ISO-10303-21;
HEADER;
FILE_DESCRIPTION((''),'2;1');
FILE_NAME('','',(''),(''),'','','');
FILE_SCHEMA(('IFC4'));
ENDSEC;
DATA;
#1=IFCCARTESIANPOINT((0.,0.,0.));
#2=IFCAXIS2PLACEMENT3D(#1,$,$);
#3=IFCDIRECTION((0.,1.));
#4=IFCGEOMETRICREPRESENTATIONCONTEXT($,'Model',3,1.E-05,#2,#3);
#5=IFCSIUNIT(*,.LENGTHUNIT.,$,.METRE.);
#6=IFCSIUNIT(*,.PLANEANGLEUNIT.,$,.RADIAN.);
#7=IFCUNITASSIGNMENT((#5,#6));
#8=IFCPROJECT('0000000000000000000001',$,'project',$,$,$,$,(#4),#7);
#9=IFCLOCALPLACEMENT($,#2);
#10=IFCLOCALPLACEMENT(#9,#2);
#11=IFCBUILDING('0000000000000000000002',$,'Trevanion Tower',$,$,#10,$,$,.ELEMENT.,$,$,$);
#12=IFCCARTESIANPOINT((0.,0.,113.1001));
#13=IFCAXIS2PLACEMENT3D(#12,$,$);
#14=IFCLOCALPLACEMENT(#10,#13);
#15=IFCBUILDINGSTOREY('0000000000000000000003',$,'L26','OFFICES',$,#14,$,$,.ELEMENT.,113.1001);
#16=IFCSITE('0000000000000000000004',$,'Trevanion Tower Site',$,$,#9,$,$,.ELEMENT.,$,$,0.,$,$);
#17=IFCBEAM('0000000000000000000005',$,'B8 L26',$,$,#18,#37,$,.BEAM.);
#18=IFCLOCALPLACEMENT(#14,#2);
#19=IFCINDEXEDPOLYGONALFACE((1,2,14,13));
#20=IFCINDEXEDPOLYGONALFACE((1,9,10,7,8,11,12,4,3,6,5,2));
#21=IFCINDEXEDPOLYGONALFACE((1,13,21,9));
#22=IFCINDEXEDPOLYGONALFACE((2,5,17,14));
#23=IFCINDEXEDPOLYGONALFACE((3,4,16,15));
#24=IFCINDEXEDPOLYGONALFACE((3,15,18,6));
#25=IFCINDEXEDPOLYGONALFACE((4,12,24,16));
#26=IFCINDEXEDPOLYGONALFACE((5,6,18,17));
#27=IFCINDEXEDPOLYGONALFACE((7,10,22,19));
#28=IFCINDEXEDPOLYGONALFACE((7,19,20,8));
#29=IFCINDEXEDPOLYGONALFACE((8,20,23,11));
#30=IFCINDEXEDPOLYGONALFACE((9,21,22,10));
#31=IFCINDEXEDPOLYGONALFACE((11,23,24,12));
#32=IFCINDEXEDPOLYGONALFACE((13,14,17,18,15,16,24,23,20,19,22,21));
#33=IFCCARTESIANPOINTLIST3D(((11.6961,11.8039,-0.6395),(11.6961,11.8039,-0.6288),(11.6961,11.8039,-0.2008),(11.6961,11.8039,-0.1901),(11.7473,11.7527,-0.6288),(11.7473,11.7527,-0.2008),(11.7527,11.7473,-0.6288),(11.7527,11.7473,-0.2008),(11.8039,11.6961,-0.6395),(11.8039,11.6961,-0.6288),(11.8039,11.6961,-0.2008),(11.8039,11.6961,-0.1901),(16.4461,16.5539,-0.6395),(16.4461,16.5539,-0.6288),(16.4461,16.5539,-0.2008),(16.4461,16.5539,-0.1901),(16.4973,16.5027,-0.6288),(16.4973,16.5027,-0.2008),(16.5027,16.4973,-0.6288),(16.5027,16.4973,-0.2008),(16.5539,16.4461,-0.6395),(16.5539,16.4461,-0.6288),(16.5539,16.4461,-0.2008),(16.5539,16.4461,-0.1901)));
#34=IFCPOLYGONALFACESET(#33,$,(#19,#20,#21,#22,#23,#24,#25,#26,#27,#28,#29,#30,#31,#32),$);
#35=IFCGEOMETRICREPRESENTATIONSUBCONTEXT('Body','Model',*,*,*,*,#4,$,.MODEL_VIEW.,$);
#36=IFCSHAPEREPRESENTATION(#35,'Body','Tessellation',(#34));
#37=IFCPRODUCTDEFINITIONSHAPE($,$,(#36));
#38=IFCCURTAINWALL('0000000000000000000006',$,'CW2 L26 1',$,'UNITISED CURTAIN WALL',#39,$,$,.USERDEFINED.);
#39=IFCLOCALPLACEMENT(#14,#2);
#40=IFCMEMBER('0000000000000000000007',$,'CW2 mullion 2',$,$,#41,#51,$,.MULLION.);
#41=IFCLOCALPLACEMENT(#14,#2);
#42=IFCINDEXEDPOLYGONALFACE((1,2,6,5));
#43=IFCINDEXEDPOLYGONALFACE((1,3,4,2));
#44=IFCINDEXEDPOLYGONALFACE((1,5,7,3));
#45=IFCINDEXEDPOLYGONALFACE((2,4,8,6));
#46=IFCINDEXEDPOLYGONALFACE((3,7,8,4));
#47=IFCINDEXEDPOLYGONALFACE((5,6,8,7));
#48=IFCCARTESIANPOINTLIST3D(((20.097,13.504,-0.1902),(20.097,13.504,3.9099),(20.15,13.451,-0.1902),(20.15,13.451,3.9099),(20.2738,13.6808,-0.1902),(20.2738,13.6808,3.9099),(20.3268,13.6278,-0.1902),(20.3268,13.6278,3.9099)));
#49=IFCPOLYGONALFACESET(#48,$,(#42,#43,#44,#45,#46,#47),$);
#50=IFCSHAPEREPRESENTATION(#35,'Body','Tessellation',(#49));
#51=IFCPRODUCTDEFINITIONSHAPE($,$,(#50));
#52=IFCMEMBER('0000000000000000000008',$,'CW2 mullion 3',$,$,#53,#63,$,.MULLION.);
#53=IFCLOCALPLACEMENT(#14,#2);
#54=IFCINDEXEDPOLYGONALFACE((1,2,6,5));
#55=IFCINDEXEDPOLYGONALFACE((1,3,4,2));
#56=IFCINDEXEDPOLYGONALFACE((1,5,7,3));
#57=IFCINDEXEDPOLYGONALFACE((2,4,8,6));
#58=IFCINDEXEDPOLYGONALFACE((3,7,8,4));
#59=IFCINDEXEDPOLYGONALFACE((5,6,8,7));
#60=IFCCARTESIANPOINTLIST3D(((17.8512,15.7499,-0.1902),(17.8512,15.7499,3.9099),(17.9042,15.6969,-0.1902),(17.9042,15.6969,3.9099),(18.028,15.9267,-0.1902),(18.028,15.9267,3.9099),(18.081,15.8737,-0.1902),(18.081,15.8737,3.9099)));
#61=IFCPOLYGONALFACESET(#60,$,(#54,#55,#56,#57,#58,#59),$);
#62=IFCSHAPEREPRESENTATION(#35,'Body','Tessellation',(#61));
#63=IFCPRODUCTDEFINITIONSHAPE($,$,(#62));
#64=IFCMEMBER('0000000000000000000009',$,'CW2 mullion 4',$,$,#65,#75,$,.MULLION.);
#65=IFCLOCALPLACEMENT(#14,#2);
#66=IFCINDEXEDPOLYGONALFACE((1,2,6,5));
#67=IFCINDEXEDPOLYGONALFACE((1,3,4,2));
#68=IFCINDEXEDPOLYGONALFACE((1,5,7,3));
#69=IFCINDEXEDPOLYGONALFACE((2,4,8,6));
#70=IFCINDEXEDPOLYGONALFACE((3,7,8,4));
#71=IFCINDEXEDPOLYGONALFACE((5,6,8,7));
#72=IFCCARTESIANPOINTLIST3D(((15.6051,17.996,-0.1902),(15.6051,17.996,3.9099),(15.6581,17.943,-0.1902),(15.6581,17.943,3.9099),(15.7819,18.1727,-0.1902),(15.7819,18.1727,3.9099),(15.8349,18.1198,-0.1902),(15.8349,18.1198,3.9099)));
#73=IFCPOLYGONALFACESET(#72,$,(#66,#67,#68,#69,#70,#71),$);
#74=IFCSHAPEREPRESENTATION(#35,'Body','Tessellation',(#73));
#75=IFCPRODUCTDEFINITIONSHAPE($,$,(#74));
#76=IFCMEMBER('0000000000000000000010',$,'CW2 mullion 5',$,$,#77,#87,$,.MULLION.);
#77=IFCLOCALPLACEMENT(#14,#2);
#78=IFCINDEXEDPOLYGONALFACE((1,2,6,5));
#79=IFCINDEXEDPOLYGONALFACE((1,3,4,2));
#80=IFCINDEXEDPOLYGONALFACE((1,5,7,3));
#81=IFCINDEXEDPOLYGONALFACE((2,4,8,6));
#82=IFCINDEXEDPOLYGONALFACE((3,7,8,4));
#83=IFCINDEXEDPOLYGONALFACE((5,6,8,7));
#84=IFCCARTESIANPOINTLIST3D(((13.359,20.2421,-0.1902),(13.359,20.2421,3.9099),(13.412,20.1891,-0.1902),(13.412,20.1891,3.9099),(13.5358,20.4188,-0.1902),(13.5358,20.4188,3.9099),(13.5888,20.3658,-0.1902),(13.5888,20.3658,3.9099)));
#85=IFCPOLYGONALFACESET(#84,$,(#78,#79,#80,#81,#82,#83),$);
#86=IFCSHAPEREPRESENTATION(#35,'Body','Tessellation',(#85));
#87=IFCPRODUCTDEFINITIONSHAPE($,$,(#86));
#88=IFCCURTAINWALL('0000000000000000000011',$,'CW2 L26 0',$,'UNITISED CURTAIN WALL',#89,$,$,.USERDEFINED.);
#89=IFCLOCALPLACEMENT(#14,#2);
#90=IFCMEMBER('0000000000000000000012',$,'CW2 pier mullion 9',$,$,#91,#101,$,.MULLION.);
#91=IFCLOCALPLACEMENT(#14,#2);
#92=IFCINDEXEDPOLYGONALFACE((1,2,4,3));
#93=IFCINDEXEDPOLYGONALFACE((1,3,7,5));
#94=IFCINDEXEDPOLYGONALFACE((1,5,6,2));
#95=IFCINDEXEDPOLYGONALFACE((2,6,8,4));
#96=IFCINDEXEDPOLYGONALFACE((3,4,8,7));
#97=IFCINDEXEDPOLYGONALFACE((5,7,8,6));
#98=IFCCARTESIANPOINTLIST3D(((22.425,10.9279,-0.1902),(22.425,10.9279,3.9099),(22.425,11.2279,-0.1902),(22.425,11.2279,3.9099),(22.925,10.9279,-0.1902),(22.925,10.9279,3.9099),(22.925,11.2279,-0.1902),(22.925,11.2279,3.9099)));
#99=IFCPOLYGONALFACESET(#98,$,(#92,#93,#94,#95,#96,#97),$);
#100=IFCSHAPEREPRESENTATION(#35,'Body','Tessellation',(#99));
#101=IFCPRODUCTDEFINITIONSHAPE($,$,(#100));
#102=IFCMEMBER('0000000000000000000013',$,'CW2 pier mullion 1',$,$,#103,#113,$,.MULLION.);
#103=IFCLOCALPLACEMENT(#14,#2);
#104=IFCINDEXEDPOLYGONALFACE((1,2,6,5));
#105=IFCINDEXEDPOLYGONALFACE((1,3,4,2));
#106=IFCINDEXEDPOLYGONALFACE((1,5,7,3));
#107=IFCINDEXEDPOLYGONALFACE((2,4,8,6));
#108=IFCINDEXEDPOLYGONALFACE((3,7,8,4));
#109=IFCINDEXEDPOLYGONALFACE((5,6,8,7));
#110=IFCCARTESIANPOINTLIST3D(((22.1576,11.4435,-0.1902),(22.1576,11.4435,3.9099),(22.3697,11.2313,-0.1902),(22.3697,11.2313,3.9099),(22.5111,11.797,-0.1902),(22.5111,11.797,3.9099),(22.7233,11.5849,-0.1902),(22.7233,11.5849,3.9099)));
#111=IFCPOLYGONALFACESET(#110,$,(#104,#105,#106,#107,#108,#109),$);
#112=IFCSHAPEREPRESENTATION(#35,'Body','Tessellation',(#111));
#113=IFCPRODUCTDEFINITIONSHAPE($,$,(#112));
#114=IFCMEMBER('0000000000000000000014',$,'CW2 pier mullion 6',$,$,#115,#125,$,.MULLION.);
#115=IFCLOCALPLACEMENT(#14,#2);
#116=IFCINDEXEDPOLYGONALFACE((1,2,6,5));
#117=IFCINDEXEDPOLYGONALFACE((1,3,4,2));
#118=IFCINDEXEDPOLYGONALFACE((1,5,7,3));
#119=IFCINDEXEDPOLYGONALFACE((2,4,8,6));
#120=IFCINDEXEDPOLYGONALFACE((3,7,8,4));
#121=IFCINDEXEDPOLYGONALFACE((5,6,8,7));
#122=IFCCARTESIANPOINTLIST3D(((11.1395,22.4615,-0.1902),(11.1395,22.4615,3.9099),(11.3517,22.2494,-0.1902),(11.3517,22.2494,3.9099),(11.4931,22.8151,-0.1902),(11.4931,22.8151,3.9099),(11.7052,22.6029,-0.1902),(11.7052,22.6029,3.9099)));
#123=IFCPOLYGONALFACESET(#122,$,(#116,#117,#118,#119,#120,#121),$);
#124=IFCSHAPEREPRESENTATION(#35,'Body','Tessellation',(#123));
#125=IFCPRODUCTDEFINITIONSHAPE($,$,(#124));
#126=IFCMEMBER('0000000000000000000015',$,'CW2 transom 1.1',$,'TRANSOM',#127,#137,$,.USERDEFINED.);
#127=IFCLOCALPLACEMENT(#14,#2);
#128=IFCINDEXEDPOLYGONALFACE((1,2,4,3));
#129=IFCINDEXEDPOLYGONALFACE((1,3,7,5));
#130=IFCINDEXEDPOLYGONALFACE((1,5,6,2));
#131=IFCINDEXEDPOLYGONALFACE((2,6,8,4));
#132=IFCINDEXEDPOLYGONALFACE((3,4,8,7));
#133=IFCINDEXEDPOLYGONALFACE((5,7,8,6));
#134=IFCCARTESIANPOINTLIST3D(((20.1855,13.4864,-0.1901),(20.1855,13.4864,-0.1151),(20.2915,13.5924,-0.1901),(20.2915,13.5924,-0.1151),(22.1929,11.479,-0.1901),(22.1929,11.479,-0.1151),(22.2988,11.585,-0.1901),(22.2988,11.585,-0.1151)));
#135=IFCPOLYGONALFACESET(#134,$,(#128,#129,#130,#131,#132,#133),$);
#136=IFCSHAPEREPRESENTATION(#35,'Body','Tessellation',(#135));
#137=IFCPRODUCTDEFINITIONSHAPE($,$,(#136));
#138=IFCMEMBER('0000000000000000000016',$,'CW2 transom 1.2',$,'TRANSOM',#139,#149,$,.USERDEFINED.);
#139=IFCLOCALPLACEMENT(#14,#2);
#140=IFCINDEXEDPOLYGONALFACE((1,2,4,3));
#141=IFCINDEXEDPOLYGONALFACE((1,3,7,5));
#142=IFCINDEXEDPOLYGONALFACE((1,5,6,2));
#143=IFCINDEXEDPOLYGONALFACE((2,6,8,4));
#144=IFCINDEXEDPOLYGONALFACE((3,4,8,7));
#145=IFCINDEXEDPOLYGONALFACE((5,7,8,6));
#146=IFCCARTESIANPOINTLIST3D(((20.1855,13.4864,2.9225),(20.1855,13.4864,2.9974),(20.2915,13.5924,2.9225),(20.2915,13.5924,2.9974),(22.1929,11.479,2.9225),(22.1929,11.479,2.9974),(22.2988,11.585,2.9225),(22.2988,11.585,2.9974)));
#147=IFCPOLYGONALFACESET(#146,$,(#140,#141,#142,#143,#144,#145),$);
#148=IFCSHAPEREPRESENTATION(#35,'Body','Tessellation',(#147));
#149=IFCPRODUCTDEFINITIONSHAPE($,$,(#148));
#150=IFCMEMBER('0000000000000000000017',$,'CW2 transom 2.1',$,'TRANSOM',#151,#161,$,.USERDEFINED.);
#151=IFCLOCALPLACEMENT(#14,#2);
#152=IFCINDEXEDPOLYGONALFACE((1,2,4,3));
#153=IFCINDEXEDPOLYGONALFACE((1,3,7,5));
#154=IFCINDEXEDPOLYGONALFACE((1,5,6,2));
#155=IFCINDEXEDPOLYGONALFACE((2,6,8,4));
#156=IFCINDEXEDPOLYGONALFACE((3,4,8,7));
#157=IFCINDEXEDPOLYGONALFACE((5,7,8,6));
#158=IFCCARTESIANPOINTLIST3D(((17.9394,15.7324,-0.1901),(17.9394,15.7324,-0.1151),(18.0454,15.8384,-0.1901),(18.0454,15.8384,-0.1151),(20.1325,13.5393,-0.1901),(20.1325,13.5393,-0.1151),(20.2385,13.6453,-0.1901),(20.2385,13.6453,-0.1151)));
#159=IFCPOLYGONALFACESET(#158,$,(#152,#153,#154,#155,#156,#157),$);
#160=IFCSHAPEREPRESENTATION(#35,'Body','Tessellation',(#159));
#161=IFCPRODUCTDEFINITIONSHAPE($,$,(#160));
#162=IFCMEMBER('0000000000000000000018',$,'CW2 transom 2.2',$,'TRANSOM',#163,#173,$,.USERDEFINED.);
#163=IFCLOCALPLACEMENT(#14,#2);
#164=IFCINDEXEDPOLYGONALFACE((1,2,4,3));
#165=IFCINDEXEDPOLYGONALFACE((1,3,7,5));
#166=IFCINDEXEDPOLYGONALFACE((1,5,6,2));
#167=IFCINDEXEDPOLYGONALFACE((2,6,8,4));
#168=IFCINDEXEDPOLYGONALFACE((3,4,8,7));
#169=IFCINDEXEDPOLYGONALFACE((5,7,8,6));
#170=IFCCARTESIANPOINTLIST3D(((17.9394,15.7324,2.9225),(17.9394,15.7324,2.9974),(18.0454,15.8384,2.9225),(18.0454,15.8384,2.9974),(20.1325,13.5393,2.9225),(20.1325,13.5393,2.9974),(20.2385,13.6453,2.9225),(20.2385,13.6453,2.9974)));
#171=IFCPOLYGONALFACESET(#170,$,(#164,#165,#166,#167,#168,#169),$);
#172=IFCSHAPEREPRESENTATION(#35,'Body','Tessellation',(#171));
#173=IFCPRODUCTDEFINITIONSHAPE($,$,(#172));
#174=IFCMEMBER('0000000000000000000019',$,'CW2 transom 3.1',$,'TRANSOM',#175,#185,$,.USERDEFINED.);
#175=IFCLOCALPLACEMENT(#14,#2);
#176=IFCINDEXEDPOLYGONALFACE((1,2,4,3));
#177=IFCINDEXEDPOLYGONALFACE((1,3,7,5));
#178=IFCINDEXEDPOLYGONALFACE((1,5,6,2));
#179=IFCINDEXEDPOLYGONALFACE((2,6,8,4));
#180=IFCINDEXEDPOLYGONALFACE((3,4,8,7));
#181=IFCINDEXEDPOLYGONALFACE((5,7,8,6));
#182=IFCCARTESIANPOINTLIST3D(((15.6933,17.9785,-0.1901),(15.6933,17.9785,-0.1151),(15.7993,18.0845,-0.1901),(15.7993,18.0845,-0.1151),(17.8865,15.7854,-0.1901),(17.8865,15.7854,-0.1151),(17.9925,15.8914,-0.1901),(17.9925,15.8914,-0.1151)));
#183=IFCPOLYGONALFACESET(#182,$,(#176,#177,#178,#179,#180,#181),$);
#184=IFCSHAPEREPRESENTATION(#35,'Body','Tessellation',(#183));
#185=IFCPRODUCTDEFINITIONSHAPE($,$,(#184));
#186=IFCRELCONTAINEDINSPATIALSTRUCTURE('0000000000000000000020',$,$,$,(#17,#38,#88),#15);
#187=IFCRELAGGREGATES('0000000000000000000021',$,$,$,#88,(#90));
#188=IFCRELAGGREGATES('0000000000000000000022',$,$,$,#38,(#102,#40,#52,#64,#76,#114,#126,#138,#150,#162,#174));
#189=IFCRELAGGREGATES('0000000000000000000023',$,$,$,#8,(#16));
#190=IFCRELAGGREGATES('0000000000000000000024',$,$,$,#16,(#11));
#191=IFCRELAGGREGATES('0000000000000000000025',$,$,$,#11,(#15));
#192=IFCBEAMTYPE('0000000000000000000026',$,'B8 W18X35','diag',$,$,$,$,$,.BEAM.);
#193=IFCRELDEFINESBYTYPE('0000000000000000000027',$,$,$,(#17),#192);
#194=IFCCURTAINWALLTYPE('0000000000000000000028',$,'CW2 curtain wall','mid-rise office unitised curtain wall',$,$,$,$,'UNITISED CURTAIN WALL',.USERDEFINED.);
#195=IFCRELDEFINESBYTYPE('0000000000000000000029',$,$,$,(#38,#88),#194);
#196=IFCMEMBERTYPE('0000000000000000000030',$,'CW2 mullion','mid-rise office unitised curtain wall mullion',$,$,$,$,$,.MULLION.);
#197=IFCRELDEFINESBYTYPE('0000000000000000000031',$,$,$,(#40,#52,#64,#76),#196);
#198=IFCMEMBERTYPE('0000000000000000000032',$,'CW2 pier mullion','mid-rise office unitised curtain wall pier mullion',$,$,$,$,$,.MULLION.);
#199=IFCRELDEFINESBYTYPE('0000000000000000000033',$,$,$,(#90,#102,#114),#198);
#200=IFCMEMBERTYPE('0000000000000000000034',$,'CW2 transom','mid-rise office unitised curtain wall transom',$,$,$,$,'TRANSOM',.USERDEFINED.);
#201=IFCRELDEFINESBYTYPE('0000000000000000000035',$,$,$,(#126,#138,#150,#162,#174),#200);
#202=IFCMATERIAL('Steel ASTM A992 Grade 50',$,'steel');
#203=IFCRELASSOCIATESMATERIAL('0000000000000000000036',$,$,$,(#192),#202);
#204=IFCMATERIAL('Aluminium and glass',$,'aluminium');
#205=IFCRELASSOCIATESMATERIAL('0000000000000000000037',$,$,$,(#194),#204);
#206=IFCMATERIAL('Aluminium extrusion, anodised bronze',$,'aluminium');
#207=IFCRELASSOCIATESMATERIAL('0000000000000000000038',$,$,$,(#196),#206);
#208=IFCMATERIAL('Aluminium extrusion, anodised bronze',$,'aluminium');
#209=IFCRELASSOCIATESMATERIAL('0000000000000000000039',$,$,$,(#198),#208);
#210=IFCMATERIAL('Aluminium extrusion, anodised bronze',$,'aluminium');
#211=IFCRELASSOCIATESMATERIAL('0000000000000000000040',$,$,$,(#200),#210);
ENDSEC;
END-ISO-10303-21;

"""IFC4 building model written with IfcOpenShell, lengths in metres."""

from ifc_helpers import new_model, si_unit, direction, frame, origin, origin_2d, place, context, subcontext, project, spatial, rectangle, i_section, extrude, material, material_profile, profile_set, type_object, element, aggregate, save


model = new_model("IFC4")

# Units and contexts
model_context = context("Model", 3, precision=1e-05, world=origin(), true_north=direction((0.0, 1.0)))
body_context = subcontext(model_context, "Body", "Model", "MODEL_VIEW")
ifc_project = project(units=[si_unit("LENGTHUNIT", "METRE"), si_unit("PLANEANGLEUNIT", "RADIAN")], contexts=[model_context])

# Site, building, storey
site_placement = place(None, origin())
site = spatial("IfcSite", under=ifc_project, at=site_placement, Name="Trevanion Tower Site", CompositionType="ELEMENT", RefElevation=0.0)
building_placement = place(site_placement, origin())
building = spatial("IfcBuilding", under=site, at=building_placement, Name="Trevanion Tower", CompositionType="ELEMENT")
storey_placement = place(building_placement, frame((0.0, 0.0, 113.1001)))
storey = spatial("IfcBuildingStorey", under=building, at=storey_placement, Name="L26", Description="OFFICES", CompositionType="ELEMENT", Elevation=113.1001)

# Beam
ifc_material_1 = material(Name="Steel ASTM A992 Grade 50", Category="steel")
ifc_material_profile_1 = material_profile(ifc_material_1, i_section(OverallWidth=0.1523, OverallDepth=0.4495, WebThickness=0.0076, FlangeThickness=0.0107, at=origin_2d()), Name="W18X35")
ifc_profile_set_1 = profile_set([ifc_material_profile_1], Name="Steel ASTM A992 Grade 50")
beam_type_1 = type_object("IfcBeamType", Name="B8 W18X35", Description="diag", PredefinedType="BEAM", material=ifc_profile_set_1)
beam_1_placement = place(storey_placement, frame((11.75, 11.75, -0.4148), z_axis=(0.707107, 0.707107, 0.0), x_axis=(-0.707107, 0.707107, 0.0)))
element("IfcBeam", 1, at=beam_1_placement, inside=storey, type_object=beam_type_1, Name="B8 L26", PredefinedType="BEAM", context=body_context, shape_type="SweptSolid", body=[
    extrude(i_section(OverallWidth=0.1523, OverallDepth=0.4495, WebThickness=0.0076, FlangeThickness=0.0107, at=origin_2d()), origin(), (0.0, 0.0, 1.0), 6.7175),
])

# Curtain wall, members
ifc_material_2 = material(Name="Aluminium and glass", Category="aluminium")
curtain_wall_type = type_object("IfcCurtainWallType", Name="CW2 curtain wall", Description="mid-rise office unitised curtain wall", ElementType="UNITISED CURTAIN WALL", PredefinedType="USERDEFINED", material=ifc_material_2)
curtain_wall_1_placement = place(storey_placement, origin())
curtain_wall_1 = element("IfcCurtainWall", 2, at=curtain_wall_1_placement, inside=storey, type_object=curtain_wall_type, Name="CW2 L26 1", ObjectType="UNITISED CURTAIN WALL", PredefinedType="USERDEFINED")
ifc_material_3 = material(Name="Aluminium extrusion, anodised bronze", Category="aluminium")
ifc_material_profile_2 = material_profile(ifc_material_3, rectangle(XDim=0.075, YDim=0.25, at=origin_2d()), Name="CW2 mullion")
ifc_profile_set_2 = profile_set([ifc_material_profile_2], Name="Aluminium extrusion, anodised bronze")
member_type_1 = type_object("IfcMemberType", Name="CW2 mullion", Description="mid-rise office unitised curtain wall mullion", PredefinedType="MULLION", material=ifc_profile_set_2)
member_1_placement = place(storey_placement, frame((20.2119, 13.5659, -0.1902), z_axis=(0.0, 0.0, 1.0), x_axis=(-0.707107, 0.707107, 0.0)))
member_1 = element("IfcMember", 3, at=member_1_placement, type_object=member_type_1, Name="CW2 mullion 2", PredefinedType="MULLION", context=body_context, shape_type="SweptSolid", body=[
    extrude(rectangle(XDim=0.075, YDim=0.25, at=origin_2d()), origin(), (0.0, 0.0, 1.0), 4.1001),
])
member_2_placement = place(storey_placement, frame((17.9661, 15.8118, -0.1902), z_axis=(0.0, 0.0, 1.0), x_axis=(-0.707107, 0.707107, 0.0)))
member_2 = element("IfcMember", 4, at=member_2_placement, type_object=member_type_1, Name="CW2 mullion 3", PredefinedType="MULLION", context=body_context, shape_type="SweptSolid", body=[
    extrude(rectangle(XDim=0.075, YDim=0.25, at=origin_2d()), origin(), (0.0, 0.0, 1.0), 4.1001),
])
member_3_placement = place(storey_placement, frame((15.72, 18.0579, -0.1902), z_axis=(0.0, 0.0, 1.0), x_axis=(-0.707107, 0.707107, 0.0)))
member_3 = element("IfcMember", 5, at=member_3_placement, type_object=member_type_1, Name="CW2 mullion 4", PredefinedType="MULLION", context=body_context, shape_type="SweptSolid", body=[
    extrude(rectangle(XDim=0.075, YDim=0.25, at=origin_2d()), origin(), (0.0, 0.0, 1.0), 4.1001),
])
member_4_placement = place(storey_placement, frame((13.4739, 20.304, -0.1902), z_axis=(0.0, 0.0, 1.0), x_axis=(-0.707107, 0.707107, 0.0)))
member_4 = element("IfcMember", 6, at=member_4_placement, type_object=member_type_1, Name="CW2 mullion 5", PredefinedType="MULLION", context=body_context, shape_type="SweptSolid", body=[
    extrude(rectangle(XDim=0.075, YDim=0.25, at=origin_2d()), origin(), (0.0, 0.0, 1.0), 4.1001),
])

# Curtain wall, member
curtain_wall_2_placement = place(storey_placement, origin())
curtain_wall_2 = element("IfcCurtainWall", 7, at=curtain_wall_2_placement, inside=storey, type_object=curtain_wall_type, Name="CW2 L26 0", ObjectType="UNITISED CURTAIN WALL", PredefinedType="USERDEFINED")
ifc_material_4 = material(Name="Aluminium extrusion, anodised bronze", Category="aluminium")
ifc_material_profile_3 = material_profile(ifc_material_4, rectangle(XDim=0.3, YDim=0.5, at=origin_2d()), Name="CW2 pier mullion")
ifc_profile_set_3 = profile_set([ifc_material_profile_3], Name="Aluminium extrusion, anodised bronze")
member_type_2 = type_object("IfcMemberType", Name="CW2 pier mullion", Description="mid-rise office unitised curtain wall pier mullion", PredefinedType="MULLION", material=ifc_profile_set_3)
member_5_placement = place(storey_placement, frame((22.675, 11.0779, -0.1902), z_axis=(0.0, 0.0, 1.0), x_axis=(0.0, 1.0, 0.0)))
member_5 = element("IfcMember", 8, at=member_5_placement, type_object=member_type_2, Name="CW2 pier mullion 9", PredefinedType="MULLION", context=body_context, shape_type="SweptSolid", body=[
    extrude(rectangle(XDim=0.3, YDim=0.5, at=origin_2d()), origin(), (0.0, 0.0, 1.0), 4.1001),
])
aggregate(curtain_wall_2, [member_5])

# Members
member_6_placement = place(storey_placement, frame((22.4404, 11.5142, -0.1902), z_axis=(0.0, 0.0, 1.0), x_axis=(-0.707107, 0.707107, 0.0)))
member_6 = element("IfcMember", 9, at=member_6_placement, type_object=member_type_2, Name="CW2 pier mullion 1", PredefinedType="MULLION", context=body_context, shape_type="SweptSolid", body=[
    extrude(rectangle(XDim=0.3, YDim=0.5, at=origin_2d()), origin(), (0.0, 0.0, 1.0), 4.1001),
])
member_7_placement = place(storey_placement, frame((11.4224, 22.5322, -0.1902), z_axis=(0.0, 0.0, 1.0), x_axis=(-0.707107, 0.707107, 0.0)))
member_7 = element("IfcMember", 10, at=member_7_placement, type_object=member_type_2, Name="CW2 pier mullion 6", PredefinedType="MULLION", context=body_context, shape_type="SweptSolid", body=[
    extrude(rectangle(XDim=0.3, YDim=0.5, at=origin_2d()), origin(), (0.0, 0.0, 1.0), 4.1001),
])
ifc_material_5 = material(Name="Aluminium extrusion, anodised bronze", Category="aluminium")
ifc_material_profile_4 = material_profile(ifc_material_5, rectangle(XDim=0.1499, YDim=0.075, at=origin_2d()), Name="CW2 transom")
ifc_profile_set_4 = profile_set([ifc_material_profile_4], Name="Aluminium extrusion, anodised bronze")
member_type_3 = type_object("IfcMemberType", Name="CW2 transom", Description="mid-rise office unitised curtain wall transom", ElementType="TRANSOM", PredefinedType="USERDEFINED", material=ifc_profile_set_4)
member_8_placement = place(storey_placement, frame((22.2458, 11.532, -0.1526), z_axis=(-0.707107, 0.707107, 0.0), x_axis=(-0.707107, -0.707107, 0.0)))
member_8 = element("IfcMember", 11, at=member_8_placement, type_object=member_type_3, Name="CW2 transom 1.1", ObjectType="TRANSOM", PredefinedType="USERDEFINED", context=body_context, shape_type="SweptSolid", body=[
    extrude(rectangle(XDim=0.1499, YDim=0.075, at=origin_2d()), origin(), (0.0, 0.0, 1.0), 2.8389),
])
member_9_placement = place(storey_placement, frame((22.2458, 11.532, 2.96), z_axis=(-0.707107, 0.707107, 0.0), x_axis=(-0.707107, -0.707107, 0.0)))
member_9 = element("IfcMember", 12, at=member_9_placement, type_object=member_type_3, Name="CW2 transom 1.2", ObjectType="TRANSOM", PredefinedType="USERDEFINED", context=body_context, shape_type="SweptSolid", body=[
    extrude(rectangle(XDim=0.1499, YDim=0.075, at=origin_2d()), origin(), (0.0, 0.0, 1.0), 2.8389),
])
member_10_placement = place(storey_placement, frame((20.1855, 13.5923, -0.1526), z_axis=(-0.707107, 0.707107, 0.0), x_axis=(-0.707107, -0.707107, 0.0)))
member_10 = element("IfcMember", 13, at=member_10_placement, type_object=member_type_3, Name="CW2 transom 2.1", ObjectType="TRANSOM", PredefinedType="USERDEFINED", context=body_context, shape_type="SweptSolid", body=[
    extrude(rectangle(XDim=0.1499, YDim=0.075, at=origin_2d()), origin(), (0.0, 0.0, 1.0), 3.1016),
])
member_11_placement = place(storey_placement, frame((20.1855, 13.5923, 2.96), z_axis=(-0.707107, 0.707107, 0.0), x_axis=(-0.707107, -0.707107, 0.0)))
member_11 = element("IfcMember", 14, at=member_11_placement, type_object=member_type_3, Name="CW2 transom 2.2", ObjectType="TRANSOM", PredefinedType="USERDEFINED", context=body_context, shape_type="SweptSolid", body=[
    extrude(rectangle(XDim=0.1499, YDim=0.075, at=origin_2d()), origin(), (0.0, 0.0, 1.0), 3.1016),
])
member_12_placement = place(storey_placement, frame((17.9395, 15.8384, -0.1526), z_axis=(-0.707107, 0.707107, 0.0), x_axis=(-0.707107, -0.707107, 0.0)))
member_12 = element("IfcMember", 15, at=member_12_placement, type_object=member_type_3, Name="CW2 transom 3.1", ObjectType="TRANSOM", PredefinedType="USERDEFINED", context=body_context, shape_type="SweptSolid", body=[
    extrude(rectangle(XDim=0.1499, YDim=0.075, at=origin_2d()), origin(), (0.0, 0.0, 1.0), 3.1016),
])

aggregate(curtain_wall_1, [member_6, member_1, member_2, member_3, member_4, member_7, member_8, member_9, member_10, member_11, member_12])

save(model, "model.ifc")
